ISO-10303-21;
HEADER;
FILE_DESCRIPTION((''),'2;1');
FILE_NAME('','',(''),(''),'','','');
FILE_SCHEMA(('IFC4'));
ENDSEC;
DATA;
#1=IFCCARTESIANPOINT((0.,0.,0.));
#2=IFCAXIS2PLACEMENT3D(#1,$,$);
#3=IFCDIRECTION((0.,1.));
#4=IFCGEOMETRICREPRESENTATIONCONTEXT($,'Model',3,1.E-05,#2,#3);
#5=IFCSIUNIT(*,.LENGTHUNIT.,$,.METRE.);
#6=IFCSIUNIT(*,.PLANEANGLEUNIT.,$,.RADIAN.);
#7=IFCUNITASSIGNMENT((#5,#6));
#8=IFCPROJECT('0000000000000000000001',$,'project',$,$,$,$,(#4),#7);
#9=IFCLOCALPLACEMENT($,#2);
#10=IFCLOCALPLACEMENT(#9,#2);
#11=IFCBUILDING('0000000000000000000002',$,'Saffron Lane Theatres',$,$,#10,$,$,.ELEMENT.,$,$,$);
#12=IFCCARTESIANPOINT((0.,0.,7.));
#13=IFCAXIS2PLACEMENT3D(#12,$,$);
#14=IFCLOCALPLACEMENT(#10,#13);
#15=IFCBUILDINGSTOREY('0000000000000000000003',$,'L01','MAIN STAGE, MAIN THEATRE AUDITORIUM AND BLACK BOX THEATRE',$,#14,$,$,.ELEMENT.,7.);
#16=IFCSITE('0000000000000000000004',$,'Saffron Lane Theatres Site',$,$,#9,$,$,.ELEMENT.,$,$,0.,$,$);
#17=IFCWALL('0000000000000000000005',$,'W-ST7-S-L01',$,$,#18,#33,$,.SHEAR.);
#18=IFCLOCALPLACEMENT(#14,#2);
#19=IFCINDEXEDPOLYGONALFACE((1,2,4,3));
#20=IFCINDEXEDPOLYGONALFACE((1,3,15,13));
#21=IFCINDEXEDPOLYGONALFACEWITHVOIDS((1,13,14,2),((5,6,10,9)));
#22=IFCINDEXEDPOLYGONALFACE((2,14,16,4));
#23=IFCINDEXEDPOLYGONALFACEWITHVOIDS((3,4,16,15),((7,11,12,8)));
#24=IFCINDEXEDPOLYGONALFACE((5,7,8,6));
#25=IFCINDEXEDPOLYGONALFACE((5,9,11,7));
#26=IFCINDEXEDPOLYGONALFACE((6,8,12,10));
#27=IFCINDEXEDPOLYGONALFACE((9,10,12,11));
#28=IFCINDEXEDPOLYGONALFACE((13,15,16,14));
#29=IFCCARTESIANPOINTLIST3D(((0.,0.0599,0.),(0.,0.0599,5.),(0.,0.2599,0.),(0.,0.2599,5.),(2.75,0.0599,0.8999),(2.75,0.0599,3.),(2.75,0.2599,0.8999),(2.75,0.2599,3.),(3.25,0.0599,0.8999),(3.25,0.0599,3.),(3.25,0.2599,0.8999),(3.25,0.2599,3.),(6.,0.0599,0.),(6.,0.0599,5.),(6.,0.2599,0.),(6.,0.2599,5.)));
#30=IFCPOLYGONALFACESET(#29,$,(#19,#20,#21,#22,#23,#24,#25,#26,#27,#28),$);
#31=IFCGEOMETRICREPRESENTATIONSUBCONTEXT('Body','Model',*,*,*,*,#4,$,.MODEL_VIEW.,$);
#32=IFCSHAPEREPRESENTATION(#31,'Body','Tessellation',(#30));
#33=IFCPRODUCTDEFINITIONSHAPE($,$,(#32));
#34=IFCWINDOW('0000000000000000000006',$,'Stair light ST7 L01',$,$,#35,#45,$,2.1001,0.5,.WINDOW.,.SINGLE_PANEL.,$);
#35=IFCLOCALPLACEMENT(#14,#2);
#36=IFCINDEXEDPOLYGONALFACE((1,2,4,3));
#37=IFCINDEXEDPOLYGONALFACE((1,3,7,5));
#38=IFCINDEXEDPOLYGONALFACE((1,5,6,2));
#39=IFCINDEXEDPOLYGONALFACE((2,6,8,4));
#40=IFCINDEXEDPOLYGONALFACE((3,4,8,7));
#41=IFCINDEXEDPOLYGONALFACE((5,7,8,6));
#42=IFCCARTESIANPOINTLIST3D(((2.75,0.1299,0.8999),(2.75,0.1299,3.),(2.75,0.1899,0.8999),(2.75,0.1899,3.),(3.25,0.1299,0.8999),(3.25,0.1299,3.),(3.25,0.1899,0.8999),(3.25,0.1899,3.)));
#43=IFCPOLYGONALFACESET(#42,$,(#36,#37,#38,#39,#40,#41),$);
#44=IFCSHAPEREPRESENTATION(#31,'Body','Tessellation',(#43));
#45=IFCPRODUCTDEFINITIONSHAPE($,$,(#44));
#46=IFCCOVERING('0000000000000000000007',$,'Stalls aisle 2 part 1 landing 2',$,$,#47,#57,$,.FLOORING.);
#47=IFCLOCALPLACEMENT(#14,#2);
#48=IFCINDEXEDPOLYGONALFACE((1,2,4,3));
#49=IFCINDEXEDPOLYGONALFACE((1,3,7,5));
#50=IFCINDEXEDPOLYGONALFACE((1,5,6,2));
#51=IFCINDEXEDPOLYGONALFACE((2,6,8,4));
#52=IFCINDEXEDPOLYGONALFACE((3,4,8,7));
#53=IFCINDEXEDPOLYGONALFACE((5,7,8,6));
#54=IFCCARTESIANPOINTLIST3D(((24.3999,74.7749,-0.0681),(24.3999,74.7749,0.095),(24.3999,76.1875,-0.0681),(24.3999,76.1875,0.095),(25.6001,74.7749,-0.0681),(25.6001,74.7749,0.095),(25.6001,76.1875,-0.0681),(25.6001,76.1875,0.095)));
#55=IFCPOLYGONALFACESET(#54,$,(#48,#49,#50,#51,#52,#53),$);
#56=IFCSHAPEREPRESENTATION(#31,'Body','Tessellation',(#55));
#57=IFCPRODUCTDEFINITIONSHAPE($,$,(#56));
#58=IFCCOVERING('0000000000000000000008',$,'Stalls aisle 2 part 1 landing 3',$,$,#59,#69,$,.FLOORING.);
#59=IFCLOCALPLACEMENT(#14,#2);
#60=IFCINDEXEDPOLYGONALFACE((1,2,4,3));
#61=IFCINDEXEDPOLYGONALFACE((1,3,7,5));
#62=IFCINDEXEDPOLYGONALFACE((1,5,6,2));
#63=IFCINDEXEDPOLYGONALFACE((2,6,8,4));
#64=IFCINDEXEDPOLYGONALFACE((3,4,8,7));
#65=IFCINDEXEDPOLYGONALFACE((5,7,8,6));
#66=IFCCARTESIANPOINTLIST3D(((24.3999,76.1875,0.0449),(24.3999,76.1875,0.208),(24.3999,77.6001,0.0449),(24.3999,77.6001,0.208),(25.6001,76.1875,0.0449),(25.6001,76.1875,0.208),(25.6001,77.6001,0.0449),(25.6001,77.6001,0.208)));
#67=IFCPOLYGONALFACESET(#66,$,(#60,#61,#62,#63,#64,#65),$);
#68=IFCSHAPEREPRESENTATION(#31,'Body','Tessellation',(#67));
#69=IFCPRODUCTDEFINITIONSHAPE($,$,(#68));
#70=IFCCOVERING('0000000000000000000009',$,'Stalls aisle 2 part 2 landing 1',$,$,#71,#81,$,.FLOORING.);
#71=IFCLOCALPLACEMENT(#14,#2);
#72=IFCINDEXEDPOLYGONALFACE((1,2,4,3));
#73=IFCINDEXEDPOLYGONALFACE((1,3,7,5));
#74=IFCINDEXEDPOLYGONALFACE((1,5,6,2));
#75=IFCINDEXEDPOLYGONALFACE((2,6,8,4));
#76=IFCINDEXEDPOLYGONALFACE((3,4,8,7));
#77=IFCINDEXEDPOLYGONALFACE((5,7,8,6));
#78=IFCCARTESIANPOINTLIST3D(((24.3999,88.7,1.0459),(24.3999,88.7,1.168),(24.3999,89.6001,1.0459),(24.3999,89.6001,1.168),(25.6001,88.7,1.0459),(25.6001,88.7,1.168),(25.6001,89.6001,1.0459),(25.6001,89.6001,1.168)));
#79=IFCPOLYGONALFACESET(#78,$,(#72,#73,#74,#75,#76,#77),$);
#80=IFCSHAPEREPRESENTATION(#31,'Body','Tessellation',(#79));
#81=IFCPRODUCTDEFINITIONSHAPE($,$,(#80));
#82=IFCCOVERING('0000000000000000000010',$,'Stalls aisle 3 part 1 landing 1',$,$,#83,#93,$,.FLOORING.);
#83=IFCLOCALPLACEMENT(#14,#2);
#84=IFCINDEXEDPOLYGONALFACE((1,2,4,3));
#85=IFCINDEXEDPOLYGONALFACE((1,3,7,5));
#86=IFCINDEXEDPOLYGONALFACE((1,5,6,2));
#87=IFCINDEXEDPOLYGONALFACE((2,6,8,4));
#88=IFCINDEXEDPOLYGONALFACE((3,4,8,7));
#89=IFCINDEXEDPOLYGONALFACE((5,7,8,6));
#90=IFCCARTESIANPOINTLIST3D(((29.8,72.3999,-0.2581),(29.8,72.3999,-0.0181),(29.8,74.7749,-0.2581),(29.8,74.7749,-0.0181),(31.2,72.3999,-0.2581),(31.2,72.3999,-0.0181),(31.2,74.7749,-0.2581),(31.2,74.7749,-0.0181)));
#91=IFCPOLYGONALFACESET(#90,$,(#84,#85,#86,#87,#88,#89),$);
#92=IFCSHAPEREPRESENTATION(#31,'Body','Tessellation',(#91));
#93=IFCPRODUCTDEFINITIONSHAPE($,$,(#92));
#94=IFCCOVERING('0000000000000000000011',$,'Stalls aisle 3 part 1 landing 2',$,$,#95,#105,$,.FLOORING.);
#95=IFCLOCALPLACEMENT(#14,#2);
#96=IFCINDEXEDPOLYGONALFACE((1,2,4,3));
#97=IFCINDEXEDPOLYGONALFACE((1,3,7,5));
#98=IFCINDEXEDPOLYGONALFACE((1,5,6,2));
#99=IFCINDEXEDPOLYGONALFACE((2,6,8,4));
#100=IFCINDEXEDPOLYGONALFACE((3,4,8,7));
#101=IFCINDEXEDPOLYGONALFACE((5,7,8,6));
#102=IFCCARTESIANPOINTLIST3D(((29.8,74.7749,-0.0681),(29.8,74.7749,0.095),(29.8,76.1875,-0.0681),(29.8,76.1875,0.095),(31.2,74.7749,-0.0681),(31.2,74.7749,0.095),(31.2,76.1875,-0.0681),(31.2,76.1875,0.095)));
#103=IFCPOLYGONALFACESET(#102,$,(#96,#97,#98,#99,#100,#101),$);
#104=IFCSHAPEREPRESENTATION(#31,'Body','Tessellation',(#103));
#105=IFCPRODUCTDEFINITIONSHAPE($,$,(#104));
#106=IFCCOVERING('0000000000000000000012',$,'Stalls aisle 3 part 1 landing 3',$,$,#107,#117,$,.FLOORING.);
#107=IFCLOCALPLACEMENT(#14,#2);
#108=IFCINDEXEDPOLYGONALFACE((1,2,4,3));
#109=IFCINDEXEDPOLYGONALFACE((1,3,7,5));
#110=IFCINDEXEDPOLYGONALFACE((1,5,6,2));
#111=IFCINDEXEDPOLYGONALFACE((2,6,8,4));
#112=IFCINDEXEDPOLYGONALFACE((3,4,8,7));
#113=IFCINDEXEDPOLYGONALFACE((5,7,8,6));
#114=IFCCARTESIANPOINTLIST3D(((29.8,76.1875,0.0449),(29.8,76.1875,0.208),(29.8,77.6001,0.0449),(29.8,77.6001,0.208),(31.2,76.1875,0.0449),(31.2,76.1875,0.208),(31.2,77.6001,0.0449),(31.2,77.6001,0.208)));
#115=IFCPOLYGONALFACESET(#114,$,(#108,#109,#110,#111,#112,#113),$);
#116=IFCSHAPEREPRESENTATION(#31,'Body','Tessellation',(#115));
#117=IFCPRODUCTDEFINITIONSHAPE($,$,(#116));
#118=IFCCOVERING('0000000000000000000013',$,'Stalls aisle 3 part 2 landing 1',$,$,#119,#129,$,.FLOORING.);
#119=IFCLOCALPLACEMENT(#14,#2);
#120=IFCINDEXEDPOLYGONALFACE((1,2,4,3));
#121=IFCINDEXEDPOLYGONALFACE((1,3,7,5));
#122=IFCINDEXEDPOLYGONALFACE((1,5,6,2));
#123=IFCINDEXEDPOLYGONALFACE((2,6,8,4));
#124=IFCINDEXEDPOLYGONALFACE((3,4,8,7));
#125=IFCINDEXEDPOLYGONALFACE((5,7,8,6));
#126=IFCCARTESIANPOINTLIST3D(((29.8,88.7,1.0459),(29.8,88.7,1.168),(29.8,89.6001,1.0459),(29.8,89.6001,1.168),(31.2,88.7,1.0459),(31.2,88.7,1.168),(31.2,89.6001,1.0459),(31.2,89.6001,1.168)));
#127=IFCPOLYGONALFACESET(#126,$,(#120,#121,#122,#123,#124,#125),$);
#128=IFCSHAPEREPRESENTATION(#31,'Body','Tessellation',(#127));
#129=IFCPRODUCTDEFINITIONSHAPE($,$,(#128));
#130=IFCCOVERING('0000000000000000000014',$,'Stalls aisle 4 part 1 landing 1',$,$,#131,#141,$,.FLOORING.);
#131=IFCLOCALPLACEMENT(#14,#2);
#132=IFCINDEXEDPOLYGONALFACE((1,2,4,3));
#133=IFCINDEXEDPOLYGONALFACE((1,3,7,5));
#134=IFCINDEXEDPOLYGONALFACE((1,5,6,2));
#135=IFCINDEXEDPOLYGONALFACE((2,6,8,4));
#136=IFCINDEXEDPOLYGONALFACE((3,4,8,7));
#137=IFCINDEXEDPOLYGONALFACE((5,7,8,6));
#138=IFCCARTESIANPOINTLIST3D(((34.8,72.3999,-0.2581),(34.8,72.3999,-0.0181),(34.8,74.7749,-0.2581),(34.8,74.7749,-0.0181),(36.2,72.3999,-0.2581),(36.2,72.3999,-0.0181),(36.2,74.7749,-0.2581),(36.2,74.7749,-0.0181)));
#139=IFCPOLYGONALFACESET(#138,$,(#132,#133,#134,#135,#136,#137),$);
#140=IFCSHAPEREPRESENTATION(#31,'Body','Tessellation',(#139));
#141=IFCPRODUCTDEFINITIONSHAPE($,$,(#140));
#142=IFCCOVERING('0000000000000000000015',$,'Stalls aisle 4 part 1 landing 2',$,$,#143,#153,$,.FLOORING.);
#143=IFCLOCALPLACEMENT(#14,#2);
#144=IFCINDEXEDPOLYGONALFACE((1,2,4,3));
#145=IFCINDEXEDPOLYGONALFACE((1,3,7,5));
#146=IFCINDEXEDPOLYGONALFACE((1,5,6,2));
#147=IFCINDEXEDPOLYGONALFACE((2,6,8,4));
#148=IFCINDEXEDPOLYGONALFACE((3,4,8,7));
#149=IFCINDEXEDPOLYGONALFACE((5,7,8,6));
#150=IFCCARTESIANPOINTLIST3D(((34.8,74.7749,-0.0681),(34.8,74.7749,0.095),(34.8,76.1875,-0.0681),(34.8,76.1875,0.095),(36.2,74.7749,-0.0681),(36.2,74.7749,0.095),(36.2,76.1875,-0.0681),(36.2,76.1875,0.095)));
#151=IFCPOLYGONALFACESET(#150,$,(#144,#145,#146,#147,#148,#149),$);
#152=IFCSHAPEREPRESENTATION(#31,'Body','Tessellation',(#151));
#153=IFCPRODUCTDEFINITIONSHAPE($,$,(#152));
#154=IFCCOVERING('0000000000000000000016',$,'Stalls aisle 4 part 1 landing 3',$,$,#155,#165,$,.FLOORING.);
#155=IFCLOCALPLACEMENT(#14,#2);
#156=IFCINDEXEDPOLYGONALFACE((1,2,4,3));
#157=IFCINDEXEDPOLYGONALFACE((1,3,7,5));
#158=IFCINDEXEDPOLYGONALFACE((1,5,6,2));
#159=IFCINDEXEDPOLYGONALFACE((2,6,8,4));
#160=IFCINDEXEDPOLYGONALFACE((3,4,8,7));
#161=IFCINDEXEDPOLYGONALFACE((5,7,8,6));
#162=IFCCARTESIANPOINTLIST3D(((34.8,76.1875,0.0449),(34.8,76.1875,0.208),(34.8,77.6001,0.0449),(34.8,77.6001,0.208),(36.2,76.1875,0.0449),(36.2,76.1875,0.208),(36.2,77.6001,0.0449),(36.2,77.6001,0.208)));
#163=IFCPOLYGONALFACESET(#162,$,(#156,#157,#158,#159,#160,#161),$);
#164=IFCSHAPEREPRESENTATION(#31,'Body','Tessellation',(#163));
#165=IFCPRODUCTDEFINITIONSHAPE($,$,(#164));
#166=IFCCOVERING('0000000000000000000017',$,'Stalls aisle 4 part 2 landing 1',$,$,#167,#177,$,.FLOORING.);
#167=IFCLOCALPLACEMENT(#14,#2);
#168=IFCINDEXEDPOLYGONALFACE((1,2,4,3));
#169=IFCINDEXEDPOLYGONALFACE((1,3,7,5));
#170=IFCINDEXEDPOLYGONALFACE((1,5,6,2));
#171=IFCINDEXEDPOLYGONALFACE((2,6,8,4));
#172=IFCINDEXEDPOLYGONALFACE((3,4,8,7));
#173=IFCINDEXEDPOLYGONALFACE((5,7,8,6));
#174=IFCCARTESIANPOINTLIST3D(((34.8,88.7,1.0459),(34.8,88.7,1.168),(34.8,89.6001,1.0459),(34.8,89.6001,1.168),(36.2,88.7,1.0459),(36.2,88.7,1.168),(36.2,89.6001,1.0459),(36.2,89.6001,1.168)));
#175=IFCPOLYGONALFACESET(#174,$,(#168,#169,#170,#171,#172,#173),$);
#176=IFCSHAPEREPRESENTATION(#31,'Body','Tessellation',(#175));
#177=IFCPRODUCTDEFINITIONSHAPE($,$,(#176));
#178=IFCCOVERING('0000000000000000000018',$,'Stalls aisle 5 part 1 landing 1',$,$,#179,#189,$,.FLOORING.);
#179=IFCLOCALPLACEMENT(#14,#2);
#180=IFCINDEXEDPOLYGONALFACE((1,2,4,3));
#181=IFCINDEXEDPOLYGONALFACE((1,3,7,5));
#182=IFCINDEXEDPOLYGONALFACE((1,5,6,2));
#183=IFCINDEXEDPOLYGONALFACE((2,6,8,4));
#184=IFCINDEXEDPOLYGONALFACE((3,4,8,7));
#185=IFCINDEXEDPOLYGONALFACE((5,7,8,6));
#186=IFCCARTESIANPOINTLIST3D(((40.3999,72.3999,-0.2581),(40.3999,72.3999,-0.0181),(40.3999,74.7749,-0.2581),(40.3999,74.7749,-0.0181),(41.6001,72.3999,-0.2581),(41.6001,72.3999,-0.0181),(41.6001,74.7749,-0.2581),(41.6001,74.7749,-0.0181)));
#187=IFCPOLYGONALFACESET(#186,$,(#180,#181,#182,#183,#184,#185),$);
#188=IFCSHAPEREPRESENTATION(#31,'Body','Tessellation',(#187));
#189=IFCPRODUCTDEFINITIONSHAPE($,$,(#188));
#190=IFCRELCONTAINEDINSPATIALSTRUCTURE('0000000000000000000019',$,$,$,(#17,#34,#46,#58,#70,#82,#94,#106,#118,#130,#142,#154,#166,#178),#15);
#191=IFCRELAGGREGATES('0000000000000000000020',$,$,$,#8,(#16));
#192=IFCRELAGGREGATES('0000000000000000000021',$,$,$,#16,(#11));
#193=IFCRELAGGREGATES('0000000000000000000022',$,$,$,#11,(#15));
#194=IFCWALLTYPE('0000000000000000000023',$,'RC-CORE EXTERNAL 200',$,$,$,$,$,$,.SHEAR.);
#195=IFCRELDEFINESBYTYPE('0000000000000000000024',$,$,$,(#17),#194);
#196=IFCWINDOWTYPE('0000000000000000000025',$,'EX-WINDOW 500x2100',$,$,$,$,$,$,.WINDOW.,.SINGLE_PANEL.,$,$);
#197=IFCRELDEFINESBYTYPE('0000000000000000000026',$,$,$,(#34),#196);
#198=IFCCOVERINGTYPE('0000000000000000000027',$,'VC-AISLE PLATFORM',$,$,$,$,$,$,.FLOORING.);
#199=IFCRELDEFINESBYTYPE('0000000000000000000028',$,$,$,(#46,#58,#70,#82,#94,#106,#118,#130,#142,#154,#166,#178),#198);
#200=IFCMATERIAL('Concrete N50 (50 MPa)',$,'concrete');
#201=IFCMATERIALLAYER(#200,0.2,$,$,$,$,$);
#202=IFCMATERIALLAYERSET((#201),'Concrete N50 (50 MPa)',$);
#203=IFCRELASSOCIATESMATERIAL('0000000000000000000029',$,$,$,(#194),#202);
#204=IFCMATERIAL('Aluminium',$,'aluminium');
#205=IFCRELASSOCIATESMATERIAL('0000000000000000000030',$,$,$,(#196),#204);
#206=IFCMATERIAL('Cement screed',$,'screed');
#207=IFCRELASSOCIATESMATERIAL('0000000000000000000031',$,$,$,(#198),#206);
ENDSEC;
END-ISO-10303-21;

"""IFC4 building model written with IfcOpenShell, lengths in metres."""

from ifc_helpers import new_model, si_unit, direction, frame, frame_2d, origin, place, context, subcontext, project, spatial, polyline, rectangle, outline, extrude, material, layer, layer_set, type_object, element, fill, save


model = new_model("IFC4")

# Units and contexts
model_context = context("Model", 3, precision=1e-05, world=origin(), true_north=direction((0.0, 1.0)))
body_context = subcontext(model_context, "Body", "Model", "MODEL_VIEW")
ifc_project = project(units=[si_unit("LENGTHUNIT", "METRE"), si_unit("PLANEANGLEUNIT", "RADIAN")], contexts=[model_context])

# Site, building, storey
site_placement = place(None, origin())
site = spatial("IfcSite", under=ifc_project, at=site_placement, Name="Saffron Lane Theatres Site", CompositionType="ELEMENT", RefElevation=0.0)
building_placement = place(site_placement, origin())
building = spatial("IfcBuilding", under=site, at=building_placement, Name="Saffron Lane Theatres", CompositionType="ELEMENT")
storey_placement = place(building_placement, frame((0.0, 0.0, 7.0)))
storey = spatial("IfcBuildingStorey", under=building, at=storey_placement, Name="L01", Description="MAIN STAGE, MAIN THEATRE AUDITORIUM AND BLACK BOX THEATRE", CompositionType="ELEMENT", Elevation=7.0)

# Wall, opening, window
ifc_material_1 = material(Name="Concrete N50 (50 MPa)", Category="concrete")
ifc_layer = layer(ifc_material_1, 0.2)
ifc_layer_set = layer_set([ifc_layer], Name="Concrete N50 (50 MPa)")
wall_type = type_object("IfcWallType", Name="RC-CORE EXTERNAL 200", PredefinedType="SHEAR", material=ifc_layer_set)
wall_placement = place(storey_placement, frame((0.0, 0.1599, 0.0), z_axis=(0.0, 0.0, 1.0), x_axis=(1.0, 0.0, 0.0)))
wall = element("IfcWall", 1, at=wall_placement, inside=storey, type_object=wall_type, Name="W-ST7-S-L01", PredefinedType="SHEAR", context=body_context, shape_type="SweptSolid", body=[
    extrude(rectangle(XDim=6.0, YDim=0.2, at=frame_2d((3.0, 0.0))), origin(), (0.0, 0.0, 1.0), 5.0),
])
opening_placement = place(wall_placement, frame((2.75, 0.0, 0.8999)))
opening = element("IfcOpeningElement", 2, at=opening_placement, cuts=wall, PredefinedType="OPENING", context=body_context, shape_type="SweptSolid", body=[
    extrude(rectangle(XDim=0.5, YDim=2.1001, at=frame_2d((0.25, 1.05))), frame((0.0, 0.1099, 0.0), z_axis=(0.0, -1.0, 0.0), x_axis=(1.0, 0.0, 0.0)), (0.0, 0.0, 1.0), 0.22),
])
ifc_material_2 = material(Name="Aluminium", Category="aluminium")
window_type = type_object("IfcWindowType", Name="EX-WINDOW 500x2100", PartitioningType="SINGLE_PANEL", PredefinedType="WINDOW", material=ifc_material_2)
window_placement = place(opening_placement, origin())
window = element("IfcWindow", 3, at=window_placement, inside=storey, type_object=window_type, Name="Stair light ST7 L01", OverallHeight=2.1001, OverallWidth=0.5, PartitioningType="SINGLE_PANEL", PredefinedType="WINDOW", context=body_context, shape_type="SweptSolid", body=[
    extrude(rectangle(XDim=0.5, YDim=2.1001, at=frame_2d((0.25, 1.05))), frame((0.0, 0.03, 0.0), z_axis=(0.0, -1.0, 0.0), x_axis=(1.0, 0.0, 0.0)), (0.0, 0.0, 1.0), 0.0601),
])
fill(opening, window)

# Coverings
ifc_material_3 = material(Name="Cement screed", Category="screed")
covering_type = type_object("IfcCoveringType", Name="VC-AISLE PLATFORM", PredefinedType="FLOORING", material=ifc_material_3)
covering_1_placement = place(storey_placement, frame((0.0, 0.0, -0.0681)))
element("IfcCovering", 4, at=covering_1_placement, inside=storey, type_object=covering_type, Name="Stalls aisle 2 part 1 landing 2", PredefinedType="FLOORING", context=body_context, shape_type="SweptSolid", body=[
    extrude(outline(polyline([(24.3999, 74.7749), (25.6001, 74.7749), (25.6001, 76.1875), (24.3999, 76.1875), (24.3999, 74.7749)])), origin(), (0.0, 0.0, 1.0), 0.1631),
])
covering_2_placement = place(storey_placement, frame((0.0, 0.0, 0.0449)))
element("IfcCovering", 5, at=covering_2_placement, inside=storey, type_object=covering_type, Name="Stalls aisle 2 part 1 landing 3", PredefinedType="FLOORING", context=body_context, shape_type="SweptSolid", body=[
    extrude(outline(polyline([(24.3999, 76.1875), (25.6001, 76.1875), (25.6001, 77.6001), (24.3999, 77.6001), (24.3999, 76.1875)])), origin(), (0.0, 0.0, 1.0), 0.1631),
])
covering_3_placement = place(storey_placement, frame((0.0, 0.0, 1.0459)))
element("IfcCovering", 6, at=covering_3_placement, inside=storey, type_object=covering_type, Name="Stalls aisle 2 part 2 landing 1", PredefinedType="FLOORING", context=body_context, shape_type="SweptSolid", body=[
    extrude(outline(polyline([(24.3999, 88.7), (25.6001, 88.7), (25.6001, 89.6001), (24.3999, 89.6001), (24.3999, 88.7)])), origin(), (0.0, 0.0, 1.0), 0.1221),
])
covering_4_placement = place(storey_placement, frame((0.0, 0.0, -0.2581)))
element("IfcCovering", 7, at=covering_4_placement, inside=storey, type_object=covering_type, Name="Stalls aisle 3 part 1 landing 1", PredefinedType="FLOORING", context=body_context, shape_type="SweptSolid", body=[
    extrude(outline(polyline([(29.8, 72.3999), (31.2, 72.3999), (31.2, 74.7749), (29.8, 74.7749), (29.8, 72.3999)])), origin(), (0.0, 0.0, 1.0), 0.24),
])
covering_5_placement = place(storey_placement, frame((0.0, 0.0, -0.0681)))
element("IfcCovering", 8, at=covering_5_placement, inside=storey, type_object=covering_type, Name="Stalls aisle 3 part 1 landing 2", PredefinedType="FLOORING", context=body_context, shape_type="SweptSolid", body=[
    extrude(outline(polyline([(29.8, 74.7749), (31.2, 74.7749), (31.2, 76.1875), (29.8, 76.1875), (29.8, 74.7749)])), origin(), (0.0, 0.0, 1.0), 0.1631),
])
covering_6_placement = place(storey_placement, frame((0.0, 0.0, 0.0449)))
element("IfcCovering", 9, at=covering_6_placement, inside=storey, type_object=covering_type, Name="Stalls aisle 3 part 1 landing 3", PredefinedType="FLOORING", context=body_context, shape_type="SweptSolid", body=[
    extrude(outline(polyline([(29.8, 76.1875), (31.2, 76.1875), (31.2, 77.6001), (29.8, 77.6001), (29.8, 76.1875)])), origin(), (0.0, 0.0, 1.0), 0.1631),
])
covering_7_placement = place(storey_placement, frame((0.0, 0.0, 1.0459)))
element("IfcCovering", 10, at=covering_7_placement, inside=storey, type_object=covering_type, Name="Stalls aisle 3 part 2 landing 1", PredefinedType="FLOORING", context=body_context, shape_type="SweptSolid", body=[
    extrude(outline(polyline([(29.8, 88.7), (31.2, 88.7), (31.2, 89.6001), (29.8, 89.6001), (29.8, 88.7)])), origin(), (0.0, 0.0, 1.0), 0.1221),
])
covering_8_placement = place(storey_placement, frame((0.0, 0.0, -0.2581)))
element("IfcCovering", 11, at=covering_8_placement, inside=storey, type_object=covering_type, Name="Stalls aisle 4 part 1 landing 1", PredefinedType="FLOORING", context=body_context, shape_type="SweptSolid", body=[
    extrude(outline(polyline([(34.8, 72.3999), (36.2, 72.3999), (36.2, 74.7749), (34.8, 74.7749), (34.8, 72.3999)])), origin(), (0.0, 0.0, 1.0), 0.24),
])
covering_9_placement = place(storey_placement, frame((0.0, 0.0, -0.0681)))
element("IfcCovering", 12, at=covering_9_placement, inside=storey, type_object=covering_type, Name="Stalls aisle 4 part 1 landing 2", PredefinedType="FLOORING", context=body_context, shape_type="SweptSolid", body=[
    extrude(outline(polyline([(34.8, 74.7749), (36.2, 74.7749), (36.2, 76.1875), (34.8, 76.1875), (34.8, 74.7749)])), origin(), (0.0, 0.0, 1.0), 0.1631),
])
covering_10_placement = place(storey_placement, frame((0.0, 0.0, 0.0449)))
element("IfcCovering", 13, at=covering_10_placement, inside=storey, type_object=covering_type, Name="Stalls aisle 4 part 1 landing 3", PredefinedType="FLOORING", context=body_context, shape_type="SweptSolid", body=[
    extrude(outline(polyline([(34.8, 76.1875), (36.2, 76.1875), (36.2, 77.6001), (34.8, 77.6001), (34.8, 76.1875)])), origin(), (0.0, 0.0, 1.0), 0.1631),
])
covering_11_placement = place(storey_placement, frame((0.0, 0.0, 1.0459)))
element("IfcCovering", 14, at=covering_11_placement, inside=storey, type_object=covering_type, Name="Stalls aisle 4 part 2 landing 1", PredefinedType="FLOORING", context=body_context, shape_type="SweptSolid", body=[
    extrude(outline(polyline([(34.8, 88.7), (36.2, 88.7), (36.2, 89.6001), (34.8, 89.6001), (34.8, 88.7)])), origin(), (0.0, 0.0, 1.0), 0.1221),
])
covering_12_placement = place(storey_placement, frame((0.0, 0.0, -0.2581)))
element("IfcCovering", 15, at=covering_12_placement, inside=storey, type_object=covering_type, Name="Stalls aisle 5 part 1 landing 1", PredefinedType="FLOORING", context=body_context, shape_type="SweptSolid", body=[
    extrude(outline(polyline([(40.3999, 72.3999), (41.6001, 72.3999), (41.6001, 74.7749), (40.3999, 74.7749), (40.3999, 72.3999)])), origin(), (0.0, 0.0, 1.0), 0.24),
])

save(model, "model.ifc")
